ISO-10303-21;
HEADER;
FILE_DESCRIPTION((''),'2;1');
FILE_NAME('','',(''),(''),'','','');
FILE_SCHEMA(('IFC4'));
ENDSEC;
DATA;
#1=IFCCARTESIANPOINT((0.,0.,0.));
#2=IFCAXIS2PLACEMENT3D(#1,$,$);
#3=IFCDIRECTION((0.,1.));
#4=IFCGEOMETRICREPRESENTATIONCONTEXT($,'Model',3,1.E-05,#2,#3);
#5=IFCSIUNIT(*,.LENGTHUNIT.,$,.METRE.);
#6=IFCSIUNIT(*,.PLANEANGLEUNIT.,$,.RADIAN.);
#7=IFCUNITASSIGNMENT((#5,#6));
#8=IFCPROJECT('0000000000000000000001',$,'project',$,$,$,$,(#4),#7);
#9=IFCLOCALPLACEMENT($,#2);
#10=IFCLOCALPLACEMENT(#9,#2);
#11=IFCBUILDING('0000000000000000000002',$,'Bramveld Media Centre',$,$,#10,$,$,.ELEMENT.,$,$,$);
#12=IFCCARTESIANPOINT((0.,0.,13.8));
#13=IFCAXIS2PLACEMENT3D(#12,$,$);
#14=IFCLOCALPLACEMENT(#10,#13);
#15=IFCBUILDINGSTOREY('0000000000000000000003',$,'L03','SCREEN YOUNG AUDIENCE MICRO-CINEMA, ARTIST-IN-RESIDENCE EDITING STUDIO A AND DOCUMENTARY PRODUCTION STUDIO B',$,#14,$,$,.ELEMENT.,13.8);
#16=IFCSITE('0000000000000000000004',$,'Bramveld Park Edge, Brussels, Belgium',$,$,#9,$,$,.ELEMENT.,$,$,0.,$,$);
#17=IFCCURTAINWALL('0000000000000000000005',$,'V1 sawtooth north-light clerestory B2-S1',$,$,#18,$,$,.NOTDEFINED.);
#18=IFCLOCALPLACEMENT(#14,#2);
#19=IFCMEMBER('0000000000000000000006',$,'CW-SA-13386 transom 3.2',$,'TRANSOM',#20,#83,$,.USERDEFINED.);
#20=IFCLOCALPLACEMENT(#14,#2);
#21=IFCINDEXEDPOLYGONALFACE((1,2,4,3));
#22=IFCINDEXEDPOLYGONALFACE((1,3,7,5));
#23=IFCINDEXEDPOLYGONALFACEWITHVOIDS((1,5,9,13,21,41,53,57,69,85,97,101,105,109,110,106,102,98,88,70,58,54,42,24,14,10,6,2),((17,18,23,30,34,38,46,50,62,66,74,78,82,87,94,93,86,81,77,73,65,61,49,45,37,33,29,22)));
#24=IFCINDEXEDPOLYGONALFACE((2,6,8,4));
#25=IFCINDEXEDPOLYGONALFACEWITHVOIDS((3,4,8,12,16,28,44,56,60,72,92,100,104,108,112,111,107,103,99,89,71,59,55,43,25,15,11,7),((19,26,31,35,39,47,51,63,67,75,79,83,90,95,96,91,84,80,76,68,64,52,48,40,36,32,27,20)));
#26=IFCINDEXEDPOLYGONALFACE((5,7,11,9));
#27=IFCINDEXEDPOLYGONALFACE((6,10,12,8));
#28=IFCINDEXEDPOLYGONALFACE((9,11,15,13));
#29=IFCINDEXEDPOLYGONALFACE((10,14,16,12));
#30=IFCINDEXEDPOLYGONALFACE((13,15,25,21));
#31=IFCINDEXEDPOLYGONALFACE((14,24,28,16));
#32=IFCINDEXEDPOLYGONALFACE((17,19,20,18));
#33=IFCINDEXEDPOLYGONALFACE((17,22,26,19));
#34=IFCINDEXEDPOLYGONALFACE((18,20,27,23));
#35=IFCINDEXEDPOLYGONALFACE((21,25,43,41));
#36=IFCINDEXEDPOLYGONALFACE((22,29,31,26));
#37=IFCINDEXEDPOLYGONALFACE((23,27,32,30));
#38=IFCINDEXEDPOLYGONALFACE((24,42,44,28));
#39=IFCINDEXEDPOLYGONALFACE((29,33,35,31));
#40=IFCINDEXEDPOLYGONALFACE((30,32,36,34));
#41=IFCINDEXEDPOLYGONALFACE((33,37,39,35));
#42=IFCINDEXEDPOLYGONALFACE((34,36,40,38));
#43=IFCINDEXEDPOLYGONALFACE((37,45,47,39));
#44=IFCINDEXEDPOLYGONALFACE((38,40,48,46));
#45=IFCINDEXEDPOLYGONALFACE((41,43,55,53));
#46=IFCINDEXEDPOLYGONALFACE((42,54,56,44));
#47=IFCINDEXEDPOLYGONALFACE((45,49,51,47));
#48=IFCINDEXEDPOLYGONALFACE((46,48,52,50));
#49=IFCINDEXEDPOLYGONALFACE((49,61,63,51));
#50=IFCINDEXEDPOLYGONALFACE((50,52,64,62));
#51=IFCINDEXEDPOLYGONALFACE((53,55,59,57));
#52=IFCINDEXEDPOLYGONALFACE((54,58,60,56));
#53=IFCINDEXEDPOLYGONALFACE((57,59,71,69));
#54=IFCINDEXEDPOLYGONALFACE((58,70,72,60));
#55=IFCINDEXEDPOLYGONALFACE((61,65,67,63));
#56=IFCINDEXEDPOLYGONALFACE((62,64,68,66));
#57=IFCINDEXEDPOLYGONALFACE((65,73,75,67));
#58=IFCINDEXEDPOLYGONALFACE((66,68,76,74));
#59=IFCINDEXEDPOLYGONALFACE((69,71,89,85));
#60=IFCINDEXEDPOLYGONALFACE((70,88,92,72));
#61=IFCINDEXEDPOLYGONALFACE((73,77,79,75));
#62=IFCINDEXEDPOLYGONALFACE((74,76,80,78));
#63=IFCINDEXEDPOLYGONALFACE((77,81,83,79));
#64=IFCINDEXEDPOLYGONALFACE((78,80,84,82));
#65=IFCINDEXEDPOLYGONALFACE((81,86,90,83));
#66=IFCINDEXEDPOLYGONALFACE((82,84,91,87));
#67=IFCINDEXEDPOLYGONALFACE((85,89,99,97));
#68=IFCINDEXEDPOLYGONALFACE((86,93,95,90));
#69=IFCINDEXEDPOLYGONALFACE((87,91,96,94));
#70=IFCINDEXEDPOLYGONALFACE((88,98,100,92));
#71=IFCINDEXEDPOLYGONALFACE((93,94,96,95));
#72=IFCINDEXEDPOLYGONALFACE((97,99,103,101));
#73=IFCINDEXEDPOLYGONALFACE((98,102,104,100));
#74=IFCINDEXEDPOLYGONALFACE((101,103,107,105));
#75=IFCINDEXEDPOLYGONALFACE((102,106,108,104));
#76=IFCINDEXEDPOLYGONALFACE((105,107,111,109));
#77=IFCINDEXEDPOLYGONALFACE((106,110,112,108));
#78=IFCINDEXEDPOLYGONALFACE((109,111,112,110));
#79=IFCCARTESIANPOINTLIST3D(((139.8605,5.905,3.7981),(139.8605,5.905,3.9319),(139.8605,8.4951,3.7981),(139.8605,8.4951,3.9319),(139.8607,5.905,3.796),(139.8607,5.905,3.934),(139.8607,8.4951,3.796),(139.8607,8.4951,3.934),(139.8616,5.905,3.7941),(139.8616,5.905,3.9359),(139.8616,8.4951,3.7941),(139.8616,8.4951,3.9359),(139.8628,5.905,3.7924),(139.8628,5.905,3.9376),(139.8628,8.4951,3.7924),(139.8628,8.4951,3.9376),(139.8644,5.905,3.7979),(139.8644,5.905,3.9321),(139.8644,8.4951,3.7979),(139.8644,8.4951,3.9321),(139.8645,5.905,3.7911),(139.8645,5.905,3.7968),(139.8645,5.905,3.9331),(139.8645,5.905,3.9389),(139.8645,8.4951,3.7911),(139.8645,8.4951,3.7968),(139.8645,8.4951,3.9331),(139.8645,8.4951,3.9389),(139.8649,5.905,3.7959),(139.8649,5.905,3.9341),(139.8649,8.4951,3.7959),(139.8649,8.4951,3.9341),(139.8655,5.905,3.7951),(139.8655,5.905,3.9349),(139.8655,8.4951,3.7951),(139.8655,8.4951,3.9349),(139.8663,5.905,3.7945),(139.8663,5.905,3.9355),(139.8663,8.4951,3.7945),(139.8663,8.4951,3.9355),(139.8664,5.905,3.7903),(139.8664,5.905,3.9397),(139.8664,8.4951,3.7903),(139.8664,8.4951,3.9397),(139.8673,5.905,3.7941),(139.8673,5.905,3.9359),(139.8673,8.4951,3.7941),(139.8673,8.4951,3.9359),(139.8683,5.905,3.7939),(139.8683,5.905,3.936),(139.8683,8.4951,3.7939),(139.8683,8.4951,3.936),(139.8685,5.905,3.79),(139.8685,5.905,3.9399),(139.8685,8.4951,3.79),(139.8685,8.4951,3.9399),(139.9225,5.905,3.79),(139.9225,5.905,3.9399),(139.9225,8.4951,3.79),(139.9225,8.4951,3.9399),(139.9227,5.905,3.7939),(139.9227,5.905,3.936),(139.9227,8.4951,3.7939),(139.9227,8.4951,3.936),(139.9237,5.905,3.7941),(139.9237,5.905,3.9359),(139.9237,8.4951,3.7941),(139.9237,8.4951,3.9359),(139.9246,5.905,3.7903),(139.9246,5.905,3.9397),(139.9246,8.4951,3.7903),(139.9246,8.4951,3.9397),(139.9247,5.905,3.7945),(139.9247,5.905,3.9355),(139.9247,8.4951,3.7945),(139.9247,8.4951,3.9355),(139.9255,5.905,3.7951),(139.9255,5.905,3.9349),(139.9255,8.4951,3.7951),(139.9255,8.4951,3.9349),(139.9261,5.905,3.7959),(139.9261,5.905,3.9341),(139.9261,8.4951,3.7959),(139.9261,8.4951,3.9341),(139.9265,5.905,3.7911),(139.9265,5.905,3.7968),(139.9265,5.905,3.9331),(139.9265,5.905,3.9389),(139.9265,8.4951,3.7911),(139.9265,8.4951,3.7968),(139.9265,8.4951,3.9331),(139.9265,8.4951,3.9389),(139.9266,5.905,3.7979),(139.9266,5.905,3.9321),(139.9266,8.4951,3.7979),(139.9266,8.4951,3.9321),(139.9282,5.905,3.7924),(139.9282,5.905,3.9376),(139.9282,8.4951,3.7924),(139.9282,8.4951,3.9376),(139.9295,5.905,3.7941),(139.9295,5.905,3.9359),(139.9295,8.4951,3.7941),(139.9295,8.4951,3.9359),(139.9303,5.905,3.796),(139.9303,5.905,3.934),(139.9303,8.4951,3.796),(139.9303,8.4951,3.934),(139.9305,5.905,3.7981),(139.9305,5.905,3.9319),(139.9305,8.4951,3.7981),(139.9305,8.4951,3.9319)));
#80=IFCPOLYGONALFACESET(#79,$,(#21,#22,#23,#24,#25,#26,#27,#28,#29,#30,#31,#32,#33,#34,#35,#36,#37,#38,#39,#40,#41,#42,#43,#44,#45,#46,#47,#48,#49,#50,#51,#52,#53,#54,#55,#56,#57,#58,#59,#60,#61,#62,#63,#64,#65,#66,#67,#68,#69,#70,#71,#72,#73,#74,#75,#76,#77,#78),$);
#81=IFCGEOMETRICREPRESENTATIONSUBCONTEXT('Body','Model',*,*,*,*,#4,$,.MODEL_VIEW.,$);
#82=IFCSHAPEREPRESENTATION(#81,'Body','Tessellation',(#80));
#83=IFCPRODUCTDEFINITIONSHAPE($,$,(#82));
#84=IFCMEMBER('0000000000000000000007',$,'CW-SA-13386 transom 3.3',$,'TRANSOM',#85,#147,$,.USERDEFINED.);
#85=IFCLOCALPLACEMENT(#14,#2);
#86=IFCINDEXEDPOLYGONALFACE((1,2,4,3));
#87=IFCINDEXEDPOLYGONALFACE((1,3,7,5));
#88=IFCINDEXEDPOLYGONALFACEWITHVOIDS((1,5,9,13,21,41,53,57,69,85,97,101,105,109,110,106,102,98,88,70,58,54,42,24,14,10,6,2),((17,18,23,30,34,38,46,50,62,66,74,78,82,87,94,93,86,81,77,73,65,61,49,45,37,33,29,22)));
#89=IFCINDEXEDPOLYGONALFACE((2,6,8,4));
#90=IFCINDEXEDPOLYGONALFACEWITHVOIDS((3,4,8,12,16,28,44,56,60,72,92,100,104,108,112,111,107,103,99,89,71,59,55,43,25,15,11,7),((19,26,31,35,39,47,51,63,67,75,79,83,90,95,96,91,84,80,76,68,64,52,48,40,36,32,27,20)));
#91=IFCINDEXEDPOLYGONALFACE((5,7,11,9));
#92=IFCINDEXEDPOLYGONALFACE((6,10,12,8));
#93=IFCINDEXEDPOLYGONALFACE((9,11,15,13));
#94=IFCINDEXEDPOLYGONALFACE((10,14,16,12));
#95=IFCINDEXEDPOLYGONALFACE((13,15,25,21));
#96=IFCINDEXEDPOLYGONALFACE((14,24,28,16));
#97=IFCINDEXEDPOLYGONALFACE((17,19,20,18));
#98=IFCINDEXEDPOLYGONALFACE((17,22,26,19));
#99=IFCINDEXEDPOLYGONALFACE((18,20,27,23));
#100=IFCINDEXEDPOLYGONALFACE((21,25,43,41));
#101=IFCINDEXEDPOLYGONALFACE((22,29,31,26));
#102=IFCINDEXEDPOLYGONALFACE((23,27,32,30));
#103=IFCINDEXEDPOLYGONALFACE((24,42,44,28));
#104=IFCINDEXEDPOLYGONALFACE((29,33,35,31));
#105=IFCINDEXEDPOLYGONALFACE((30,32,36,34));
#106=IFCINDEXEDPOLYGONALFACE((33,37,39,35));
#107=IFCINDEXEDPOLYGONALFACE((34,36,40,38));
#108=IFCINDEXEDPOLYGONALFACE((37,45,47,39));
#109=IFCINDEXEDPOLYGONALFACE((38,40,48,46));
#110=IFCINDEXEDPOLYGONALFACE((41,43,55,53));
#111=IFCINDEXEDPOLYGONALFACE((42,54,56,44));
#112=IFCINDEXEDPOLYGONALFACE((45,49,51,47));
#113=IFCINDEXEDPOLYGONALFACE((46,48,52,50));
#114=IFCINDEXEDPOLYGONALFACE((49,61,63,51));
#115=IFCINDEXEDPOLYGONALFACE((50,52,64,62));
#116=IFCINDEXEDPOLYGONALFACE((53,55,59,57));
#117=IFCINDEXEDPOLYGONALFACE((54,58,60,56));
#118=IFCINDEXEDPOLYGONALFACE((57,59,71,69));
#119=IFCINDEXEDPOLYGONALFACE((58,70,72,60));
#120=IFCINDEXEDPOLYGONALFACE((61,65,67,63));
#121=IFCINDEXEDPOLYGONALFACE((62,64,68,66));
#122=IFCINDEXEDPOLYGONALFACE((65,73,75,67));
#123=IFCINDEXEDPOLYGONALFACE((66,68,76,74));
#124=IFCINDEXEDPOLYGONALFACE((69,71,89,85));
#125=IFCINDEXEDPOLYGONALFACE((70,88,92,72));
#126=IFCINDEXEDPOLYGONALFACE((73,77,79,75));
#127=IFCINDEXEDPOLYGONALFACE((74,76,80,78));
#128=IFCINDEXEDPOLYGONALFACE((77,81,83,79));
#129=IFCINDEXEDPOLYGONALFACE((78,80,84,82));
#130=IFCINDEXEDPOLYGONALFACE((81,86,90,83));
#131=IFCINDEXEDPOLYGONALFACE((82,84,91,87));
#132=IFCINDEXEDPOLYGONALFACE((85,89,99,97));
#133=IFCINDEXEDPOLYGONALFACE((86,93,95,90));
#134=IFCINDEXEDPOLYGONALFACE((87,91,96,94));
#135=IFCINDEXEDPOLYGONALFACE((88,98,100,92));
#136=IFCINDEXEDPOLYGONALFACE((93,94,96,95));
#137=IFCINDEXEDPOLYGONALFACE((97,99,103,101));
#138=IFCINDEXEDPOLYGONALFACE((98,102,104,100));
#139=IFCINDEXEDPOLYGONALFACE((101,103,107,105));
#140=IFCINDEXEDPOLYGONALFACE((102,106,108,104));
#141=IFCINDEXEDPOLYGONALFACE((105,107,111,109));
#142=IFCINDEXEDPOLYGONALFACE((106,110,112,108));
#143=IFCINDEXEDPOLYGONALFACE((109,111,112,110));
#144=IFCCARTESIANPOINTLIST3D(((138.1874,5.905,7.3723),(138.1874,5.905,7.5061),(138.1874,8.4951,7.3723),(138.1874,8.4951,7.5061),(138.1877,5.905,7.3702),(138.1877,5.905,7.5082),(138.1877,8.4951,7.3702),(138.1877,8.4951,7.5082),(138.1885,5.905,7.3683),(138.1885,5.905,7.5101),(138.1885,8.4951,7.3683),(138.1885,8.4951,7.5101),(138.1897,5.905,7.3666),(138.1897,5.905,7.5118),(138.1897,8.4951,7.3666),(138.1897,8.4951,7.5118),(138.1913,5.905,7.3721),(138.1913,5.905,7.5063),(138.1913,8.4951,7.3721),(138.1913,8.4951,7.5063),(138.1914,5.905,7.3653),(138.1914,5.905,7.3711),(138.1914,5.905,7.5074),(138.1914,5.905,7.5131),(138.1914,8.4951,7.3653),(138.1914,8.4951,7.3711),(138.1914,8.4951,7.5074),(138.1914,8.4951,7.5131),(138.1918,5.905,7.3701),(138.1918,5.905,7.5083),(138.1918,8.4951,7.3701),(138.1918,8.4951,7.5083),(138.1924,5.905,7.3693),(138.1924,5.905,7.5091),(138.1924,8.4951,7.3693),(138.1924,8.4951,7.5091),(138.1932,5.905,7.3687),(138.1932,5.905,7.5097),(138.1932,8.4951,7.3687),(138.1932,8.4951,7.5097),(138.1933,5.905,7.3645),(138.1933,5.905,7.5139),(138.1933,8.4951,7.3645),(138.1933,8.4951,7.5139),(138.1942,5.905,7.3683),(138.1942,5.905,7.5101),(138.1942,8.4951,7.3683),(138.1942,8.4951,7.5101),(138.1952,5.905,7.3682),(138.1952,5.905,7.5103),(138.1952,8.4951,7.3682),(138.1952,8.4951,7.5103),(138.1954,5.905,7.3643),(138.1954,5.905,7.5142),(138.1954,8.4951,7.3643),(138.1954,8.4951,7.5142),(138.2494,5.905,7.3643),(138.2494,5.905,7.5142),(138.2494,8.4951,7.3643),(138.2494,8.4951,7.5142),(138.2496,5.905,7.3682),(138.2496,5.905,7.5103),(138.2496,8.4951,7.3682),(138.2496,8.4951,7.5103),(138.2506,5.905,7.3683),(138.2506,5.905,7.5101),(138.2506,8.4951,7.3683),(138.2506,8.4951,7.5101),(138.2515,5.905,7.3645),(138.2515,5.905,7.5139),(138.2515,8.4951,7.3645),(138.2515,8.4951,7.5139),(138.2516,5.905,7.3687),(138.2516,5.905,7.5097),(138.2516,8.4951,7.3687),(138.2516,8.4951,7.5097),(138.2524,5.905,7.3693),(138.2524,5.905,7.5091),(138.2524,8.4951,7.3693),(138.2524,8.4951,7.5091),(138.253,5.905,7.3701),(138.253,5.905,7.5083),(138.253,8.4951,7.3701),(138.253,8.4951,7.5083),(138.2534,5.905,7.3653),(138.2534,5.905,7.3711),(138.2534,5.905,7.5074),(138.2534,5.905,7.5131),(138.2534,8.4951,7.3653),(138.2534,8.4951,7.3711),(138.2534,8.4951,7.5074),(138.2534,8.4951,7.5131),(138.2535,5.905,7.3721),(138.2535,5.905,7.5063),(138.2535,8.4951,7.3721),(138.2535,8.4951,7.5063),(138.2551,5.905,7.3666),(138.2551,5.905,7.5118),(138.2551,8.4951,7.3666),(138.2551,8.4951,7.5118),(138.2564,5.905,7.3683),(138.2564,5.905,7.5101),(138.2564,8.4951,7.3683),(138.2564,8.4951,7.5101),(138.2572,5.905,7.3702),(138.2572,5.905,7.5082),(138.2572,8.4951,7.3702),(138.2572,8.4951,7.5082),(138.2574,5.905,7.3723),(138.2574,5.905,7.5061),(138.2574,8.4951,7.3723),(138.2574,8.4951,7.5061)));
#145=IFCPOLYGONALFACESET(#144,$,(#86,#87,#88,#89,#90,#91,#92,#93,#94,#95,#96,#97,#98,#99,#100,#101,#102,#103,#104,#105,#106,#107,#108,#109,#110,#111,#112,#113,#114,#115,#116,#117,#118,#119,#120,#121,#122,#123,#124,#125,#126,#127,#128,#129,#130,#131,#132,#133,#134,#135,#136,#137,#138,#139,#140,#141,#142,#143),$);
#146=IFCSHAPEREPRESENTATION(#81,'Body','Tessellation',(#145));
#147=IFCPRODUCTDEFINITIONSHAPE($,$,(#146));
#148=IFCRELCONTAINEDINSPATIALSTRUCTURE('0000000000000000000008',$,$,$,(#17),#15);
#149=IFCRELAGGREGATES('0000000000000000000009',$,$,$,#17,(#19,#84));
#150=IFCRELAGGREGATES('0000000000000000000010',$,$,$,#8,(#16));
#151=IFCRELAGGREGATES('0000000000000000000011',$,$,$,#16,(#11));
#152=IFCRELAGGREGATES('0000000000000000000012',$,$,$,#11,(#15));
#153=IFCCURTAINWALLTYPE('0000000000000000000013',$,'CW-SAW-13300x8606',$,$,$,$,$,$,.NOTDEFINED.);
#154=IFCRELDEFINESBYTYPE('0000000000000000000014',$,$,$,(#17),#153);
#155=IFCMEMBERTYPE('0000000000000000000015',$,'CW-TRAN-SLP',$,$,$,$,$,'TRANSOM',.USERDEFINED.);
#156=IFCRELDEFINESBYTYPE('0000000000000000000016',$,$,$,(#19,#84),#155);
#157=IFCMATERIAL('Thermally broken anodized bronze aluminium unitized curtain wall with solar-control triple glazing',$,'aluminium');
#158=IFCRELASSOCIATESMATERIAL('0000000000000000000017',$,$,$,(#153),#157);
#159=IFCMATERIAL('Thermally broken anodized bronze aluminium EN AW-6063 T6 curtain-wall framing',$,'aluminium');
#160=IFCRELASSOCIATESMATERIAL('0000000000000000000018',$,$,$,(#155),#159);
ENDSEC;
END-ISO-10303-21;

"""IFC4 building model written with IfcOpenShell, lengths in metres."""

from ifc_helpers import new_model, si_unit, direction, frame, origin, origin_2d, place, context, subcontext, project, spatial, hollow_rectangle, extrude, material, material_profile, profile_set, type_object, element, aggregate, save


model = new_model("IFC4")

# Units and contexts
model_context = context("Model", 3, precision=1e-05, world=origin(), true_north=direction((0.0, 1.0)))
body_context = subcontext(model_context, "Body", "Model", "MODEL_VIEW")
ifc_project = project(units=[si_unit("LENGTHUNIT", "METRE"), si_unit("PLANEANGLEUNIT", "RADIAN")], contexts=[model_context])

# Site, building, storey
site_placement = place(None, origin())
site = spatial("IfcSite", under=ifc_project, at=site_placement, Name="Bramveld Park Edge, Brussels, Belgium", CompositionType="ELEMENT", RefElevation=0.0)
building_placement = place(site_placement, origin())
building = spatial("IfcBuilding", under=site, at=building_placement, Name="Bramveld Media Centre", CompositionType="ELEMENT")
storey_placement = place(building_placement, frame((0.0, 0.0, 13.8)))
storey = spatial("IfcBuildingStorey", under=building, at=storey_placement, Name="L03", Description="SCREEN YOUNG AUDIENCE MICRO-CINEMA, ARTIST-IN-RESIDENCE EDITING STUDIO A AND DOCUMENTARY PRODUCTION STUDIO B", CompositionType="ELEMENT", Elevation=13.8)

# Curtain wall, members
ifc_material_1 = material(Name="Thermally broken anodized bronze aluminium unitized curtain wall with solar-control triple glazing", Category="aluminium")
curtain_wall_type = type_object("IfcCurtainWallType", Name="CW-SAW-13300x8606", PredefinedType="NOTDEFINED", material=ifc_material_1)
curtain_wall_1_placement = place(storey_placement, origin())
curtain_wall_1 = element("IfcCurtainWall", 1, at=curtain_wall_1_placement, inside=storey, type_object=curtain_wall_type, Name="V1 sawtooth north-light clerestory B2-S1", PredefinedType="NOTDEFINED")
ifc_material_2 = material(Name="Thermally broken anodized bronze aluminium EN AW-6063 T6 curtain-wall framing", Category="aluminium")
ifc_material_profile_1 = material_profile(ifc_material_2, hollow_rectangle(XDim=0.0701, YDim=0.1499, WallThickness=0.0039, InnerFilletRadius=0.0039, OuterFilletRadius=0.0081, at=origin_2d()), Name="AL-TRAN 70x150")
ifc_profile_set_1 = profile_set([ifc_material_profile_1], Name="Thermally broken anodized bronze aluminium EN AW-6063 T6 curtain-wall framing")
member_type_1 = type_object("IfcMemberType", Name="CW-TRAN-SLP", ElementType="TRANSOM", PredefinedType="USERDEFINED", material=ifc_profile_set_1)
member_1_placement = place(storey_placement, frame((139.8955, 5.905, 3.865), z_axis=(0.0, 1.0, 0.0), x_axis=(-1.0, 0.0, 0.0)))
member_1 = element("IfcMember", 2, at=member_1_placement, type_object=member_type_1, Name="CW-SA-13386 transom 3.2", ObjectType="TRANSOM", PredefinedType="USERDEFINED", context=body_context, shape_type="SweptSolid", body=[
    extrude(hollow_rectangle(XDim=0.0701, YDim=0.1499, WallThickness=0.0039, InnerFilletRadius=0.0039, OuterFilletRadius=0.0081, at=origin_2d()), origin(), (0.0, 0.0, 1.0), 2.5901),
])
member_2_placement = place(storey_placement, frame((138.2224, 5.905, 7.4392), z_axis=(0.0, 1.0, 0.0), x_axis=(-1.0, 0.0, 0.0)))
member_2 = element("IfcMember", 3, at=member_2_placement, type_object=member_type_1, Name="CW-SA-13386 transom 3.3", ObjectType="TRANSOM", PredefinedType="USERDEFINED", context=body_context, shape_type="SweptSolid", body=[
    extrude(hollow_rectangle(XDim=0.0701, YDim=0.1499, WallThickness=0.0039, InnerFilletRadius=0.0039, OuterFilletRadius=0.0081, at=origin_2d()), origin(), (0.0, 0.0, 1.0), 2.5901),
])

aggregate(curtain_wall_1, [member_1, member_2])

save(model, "model.ifc")
